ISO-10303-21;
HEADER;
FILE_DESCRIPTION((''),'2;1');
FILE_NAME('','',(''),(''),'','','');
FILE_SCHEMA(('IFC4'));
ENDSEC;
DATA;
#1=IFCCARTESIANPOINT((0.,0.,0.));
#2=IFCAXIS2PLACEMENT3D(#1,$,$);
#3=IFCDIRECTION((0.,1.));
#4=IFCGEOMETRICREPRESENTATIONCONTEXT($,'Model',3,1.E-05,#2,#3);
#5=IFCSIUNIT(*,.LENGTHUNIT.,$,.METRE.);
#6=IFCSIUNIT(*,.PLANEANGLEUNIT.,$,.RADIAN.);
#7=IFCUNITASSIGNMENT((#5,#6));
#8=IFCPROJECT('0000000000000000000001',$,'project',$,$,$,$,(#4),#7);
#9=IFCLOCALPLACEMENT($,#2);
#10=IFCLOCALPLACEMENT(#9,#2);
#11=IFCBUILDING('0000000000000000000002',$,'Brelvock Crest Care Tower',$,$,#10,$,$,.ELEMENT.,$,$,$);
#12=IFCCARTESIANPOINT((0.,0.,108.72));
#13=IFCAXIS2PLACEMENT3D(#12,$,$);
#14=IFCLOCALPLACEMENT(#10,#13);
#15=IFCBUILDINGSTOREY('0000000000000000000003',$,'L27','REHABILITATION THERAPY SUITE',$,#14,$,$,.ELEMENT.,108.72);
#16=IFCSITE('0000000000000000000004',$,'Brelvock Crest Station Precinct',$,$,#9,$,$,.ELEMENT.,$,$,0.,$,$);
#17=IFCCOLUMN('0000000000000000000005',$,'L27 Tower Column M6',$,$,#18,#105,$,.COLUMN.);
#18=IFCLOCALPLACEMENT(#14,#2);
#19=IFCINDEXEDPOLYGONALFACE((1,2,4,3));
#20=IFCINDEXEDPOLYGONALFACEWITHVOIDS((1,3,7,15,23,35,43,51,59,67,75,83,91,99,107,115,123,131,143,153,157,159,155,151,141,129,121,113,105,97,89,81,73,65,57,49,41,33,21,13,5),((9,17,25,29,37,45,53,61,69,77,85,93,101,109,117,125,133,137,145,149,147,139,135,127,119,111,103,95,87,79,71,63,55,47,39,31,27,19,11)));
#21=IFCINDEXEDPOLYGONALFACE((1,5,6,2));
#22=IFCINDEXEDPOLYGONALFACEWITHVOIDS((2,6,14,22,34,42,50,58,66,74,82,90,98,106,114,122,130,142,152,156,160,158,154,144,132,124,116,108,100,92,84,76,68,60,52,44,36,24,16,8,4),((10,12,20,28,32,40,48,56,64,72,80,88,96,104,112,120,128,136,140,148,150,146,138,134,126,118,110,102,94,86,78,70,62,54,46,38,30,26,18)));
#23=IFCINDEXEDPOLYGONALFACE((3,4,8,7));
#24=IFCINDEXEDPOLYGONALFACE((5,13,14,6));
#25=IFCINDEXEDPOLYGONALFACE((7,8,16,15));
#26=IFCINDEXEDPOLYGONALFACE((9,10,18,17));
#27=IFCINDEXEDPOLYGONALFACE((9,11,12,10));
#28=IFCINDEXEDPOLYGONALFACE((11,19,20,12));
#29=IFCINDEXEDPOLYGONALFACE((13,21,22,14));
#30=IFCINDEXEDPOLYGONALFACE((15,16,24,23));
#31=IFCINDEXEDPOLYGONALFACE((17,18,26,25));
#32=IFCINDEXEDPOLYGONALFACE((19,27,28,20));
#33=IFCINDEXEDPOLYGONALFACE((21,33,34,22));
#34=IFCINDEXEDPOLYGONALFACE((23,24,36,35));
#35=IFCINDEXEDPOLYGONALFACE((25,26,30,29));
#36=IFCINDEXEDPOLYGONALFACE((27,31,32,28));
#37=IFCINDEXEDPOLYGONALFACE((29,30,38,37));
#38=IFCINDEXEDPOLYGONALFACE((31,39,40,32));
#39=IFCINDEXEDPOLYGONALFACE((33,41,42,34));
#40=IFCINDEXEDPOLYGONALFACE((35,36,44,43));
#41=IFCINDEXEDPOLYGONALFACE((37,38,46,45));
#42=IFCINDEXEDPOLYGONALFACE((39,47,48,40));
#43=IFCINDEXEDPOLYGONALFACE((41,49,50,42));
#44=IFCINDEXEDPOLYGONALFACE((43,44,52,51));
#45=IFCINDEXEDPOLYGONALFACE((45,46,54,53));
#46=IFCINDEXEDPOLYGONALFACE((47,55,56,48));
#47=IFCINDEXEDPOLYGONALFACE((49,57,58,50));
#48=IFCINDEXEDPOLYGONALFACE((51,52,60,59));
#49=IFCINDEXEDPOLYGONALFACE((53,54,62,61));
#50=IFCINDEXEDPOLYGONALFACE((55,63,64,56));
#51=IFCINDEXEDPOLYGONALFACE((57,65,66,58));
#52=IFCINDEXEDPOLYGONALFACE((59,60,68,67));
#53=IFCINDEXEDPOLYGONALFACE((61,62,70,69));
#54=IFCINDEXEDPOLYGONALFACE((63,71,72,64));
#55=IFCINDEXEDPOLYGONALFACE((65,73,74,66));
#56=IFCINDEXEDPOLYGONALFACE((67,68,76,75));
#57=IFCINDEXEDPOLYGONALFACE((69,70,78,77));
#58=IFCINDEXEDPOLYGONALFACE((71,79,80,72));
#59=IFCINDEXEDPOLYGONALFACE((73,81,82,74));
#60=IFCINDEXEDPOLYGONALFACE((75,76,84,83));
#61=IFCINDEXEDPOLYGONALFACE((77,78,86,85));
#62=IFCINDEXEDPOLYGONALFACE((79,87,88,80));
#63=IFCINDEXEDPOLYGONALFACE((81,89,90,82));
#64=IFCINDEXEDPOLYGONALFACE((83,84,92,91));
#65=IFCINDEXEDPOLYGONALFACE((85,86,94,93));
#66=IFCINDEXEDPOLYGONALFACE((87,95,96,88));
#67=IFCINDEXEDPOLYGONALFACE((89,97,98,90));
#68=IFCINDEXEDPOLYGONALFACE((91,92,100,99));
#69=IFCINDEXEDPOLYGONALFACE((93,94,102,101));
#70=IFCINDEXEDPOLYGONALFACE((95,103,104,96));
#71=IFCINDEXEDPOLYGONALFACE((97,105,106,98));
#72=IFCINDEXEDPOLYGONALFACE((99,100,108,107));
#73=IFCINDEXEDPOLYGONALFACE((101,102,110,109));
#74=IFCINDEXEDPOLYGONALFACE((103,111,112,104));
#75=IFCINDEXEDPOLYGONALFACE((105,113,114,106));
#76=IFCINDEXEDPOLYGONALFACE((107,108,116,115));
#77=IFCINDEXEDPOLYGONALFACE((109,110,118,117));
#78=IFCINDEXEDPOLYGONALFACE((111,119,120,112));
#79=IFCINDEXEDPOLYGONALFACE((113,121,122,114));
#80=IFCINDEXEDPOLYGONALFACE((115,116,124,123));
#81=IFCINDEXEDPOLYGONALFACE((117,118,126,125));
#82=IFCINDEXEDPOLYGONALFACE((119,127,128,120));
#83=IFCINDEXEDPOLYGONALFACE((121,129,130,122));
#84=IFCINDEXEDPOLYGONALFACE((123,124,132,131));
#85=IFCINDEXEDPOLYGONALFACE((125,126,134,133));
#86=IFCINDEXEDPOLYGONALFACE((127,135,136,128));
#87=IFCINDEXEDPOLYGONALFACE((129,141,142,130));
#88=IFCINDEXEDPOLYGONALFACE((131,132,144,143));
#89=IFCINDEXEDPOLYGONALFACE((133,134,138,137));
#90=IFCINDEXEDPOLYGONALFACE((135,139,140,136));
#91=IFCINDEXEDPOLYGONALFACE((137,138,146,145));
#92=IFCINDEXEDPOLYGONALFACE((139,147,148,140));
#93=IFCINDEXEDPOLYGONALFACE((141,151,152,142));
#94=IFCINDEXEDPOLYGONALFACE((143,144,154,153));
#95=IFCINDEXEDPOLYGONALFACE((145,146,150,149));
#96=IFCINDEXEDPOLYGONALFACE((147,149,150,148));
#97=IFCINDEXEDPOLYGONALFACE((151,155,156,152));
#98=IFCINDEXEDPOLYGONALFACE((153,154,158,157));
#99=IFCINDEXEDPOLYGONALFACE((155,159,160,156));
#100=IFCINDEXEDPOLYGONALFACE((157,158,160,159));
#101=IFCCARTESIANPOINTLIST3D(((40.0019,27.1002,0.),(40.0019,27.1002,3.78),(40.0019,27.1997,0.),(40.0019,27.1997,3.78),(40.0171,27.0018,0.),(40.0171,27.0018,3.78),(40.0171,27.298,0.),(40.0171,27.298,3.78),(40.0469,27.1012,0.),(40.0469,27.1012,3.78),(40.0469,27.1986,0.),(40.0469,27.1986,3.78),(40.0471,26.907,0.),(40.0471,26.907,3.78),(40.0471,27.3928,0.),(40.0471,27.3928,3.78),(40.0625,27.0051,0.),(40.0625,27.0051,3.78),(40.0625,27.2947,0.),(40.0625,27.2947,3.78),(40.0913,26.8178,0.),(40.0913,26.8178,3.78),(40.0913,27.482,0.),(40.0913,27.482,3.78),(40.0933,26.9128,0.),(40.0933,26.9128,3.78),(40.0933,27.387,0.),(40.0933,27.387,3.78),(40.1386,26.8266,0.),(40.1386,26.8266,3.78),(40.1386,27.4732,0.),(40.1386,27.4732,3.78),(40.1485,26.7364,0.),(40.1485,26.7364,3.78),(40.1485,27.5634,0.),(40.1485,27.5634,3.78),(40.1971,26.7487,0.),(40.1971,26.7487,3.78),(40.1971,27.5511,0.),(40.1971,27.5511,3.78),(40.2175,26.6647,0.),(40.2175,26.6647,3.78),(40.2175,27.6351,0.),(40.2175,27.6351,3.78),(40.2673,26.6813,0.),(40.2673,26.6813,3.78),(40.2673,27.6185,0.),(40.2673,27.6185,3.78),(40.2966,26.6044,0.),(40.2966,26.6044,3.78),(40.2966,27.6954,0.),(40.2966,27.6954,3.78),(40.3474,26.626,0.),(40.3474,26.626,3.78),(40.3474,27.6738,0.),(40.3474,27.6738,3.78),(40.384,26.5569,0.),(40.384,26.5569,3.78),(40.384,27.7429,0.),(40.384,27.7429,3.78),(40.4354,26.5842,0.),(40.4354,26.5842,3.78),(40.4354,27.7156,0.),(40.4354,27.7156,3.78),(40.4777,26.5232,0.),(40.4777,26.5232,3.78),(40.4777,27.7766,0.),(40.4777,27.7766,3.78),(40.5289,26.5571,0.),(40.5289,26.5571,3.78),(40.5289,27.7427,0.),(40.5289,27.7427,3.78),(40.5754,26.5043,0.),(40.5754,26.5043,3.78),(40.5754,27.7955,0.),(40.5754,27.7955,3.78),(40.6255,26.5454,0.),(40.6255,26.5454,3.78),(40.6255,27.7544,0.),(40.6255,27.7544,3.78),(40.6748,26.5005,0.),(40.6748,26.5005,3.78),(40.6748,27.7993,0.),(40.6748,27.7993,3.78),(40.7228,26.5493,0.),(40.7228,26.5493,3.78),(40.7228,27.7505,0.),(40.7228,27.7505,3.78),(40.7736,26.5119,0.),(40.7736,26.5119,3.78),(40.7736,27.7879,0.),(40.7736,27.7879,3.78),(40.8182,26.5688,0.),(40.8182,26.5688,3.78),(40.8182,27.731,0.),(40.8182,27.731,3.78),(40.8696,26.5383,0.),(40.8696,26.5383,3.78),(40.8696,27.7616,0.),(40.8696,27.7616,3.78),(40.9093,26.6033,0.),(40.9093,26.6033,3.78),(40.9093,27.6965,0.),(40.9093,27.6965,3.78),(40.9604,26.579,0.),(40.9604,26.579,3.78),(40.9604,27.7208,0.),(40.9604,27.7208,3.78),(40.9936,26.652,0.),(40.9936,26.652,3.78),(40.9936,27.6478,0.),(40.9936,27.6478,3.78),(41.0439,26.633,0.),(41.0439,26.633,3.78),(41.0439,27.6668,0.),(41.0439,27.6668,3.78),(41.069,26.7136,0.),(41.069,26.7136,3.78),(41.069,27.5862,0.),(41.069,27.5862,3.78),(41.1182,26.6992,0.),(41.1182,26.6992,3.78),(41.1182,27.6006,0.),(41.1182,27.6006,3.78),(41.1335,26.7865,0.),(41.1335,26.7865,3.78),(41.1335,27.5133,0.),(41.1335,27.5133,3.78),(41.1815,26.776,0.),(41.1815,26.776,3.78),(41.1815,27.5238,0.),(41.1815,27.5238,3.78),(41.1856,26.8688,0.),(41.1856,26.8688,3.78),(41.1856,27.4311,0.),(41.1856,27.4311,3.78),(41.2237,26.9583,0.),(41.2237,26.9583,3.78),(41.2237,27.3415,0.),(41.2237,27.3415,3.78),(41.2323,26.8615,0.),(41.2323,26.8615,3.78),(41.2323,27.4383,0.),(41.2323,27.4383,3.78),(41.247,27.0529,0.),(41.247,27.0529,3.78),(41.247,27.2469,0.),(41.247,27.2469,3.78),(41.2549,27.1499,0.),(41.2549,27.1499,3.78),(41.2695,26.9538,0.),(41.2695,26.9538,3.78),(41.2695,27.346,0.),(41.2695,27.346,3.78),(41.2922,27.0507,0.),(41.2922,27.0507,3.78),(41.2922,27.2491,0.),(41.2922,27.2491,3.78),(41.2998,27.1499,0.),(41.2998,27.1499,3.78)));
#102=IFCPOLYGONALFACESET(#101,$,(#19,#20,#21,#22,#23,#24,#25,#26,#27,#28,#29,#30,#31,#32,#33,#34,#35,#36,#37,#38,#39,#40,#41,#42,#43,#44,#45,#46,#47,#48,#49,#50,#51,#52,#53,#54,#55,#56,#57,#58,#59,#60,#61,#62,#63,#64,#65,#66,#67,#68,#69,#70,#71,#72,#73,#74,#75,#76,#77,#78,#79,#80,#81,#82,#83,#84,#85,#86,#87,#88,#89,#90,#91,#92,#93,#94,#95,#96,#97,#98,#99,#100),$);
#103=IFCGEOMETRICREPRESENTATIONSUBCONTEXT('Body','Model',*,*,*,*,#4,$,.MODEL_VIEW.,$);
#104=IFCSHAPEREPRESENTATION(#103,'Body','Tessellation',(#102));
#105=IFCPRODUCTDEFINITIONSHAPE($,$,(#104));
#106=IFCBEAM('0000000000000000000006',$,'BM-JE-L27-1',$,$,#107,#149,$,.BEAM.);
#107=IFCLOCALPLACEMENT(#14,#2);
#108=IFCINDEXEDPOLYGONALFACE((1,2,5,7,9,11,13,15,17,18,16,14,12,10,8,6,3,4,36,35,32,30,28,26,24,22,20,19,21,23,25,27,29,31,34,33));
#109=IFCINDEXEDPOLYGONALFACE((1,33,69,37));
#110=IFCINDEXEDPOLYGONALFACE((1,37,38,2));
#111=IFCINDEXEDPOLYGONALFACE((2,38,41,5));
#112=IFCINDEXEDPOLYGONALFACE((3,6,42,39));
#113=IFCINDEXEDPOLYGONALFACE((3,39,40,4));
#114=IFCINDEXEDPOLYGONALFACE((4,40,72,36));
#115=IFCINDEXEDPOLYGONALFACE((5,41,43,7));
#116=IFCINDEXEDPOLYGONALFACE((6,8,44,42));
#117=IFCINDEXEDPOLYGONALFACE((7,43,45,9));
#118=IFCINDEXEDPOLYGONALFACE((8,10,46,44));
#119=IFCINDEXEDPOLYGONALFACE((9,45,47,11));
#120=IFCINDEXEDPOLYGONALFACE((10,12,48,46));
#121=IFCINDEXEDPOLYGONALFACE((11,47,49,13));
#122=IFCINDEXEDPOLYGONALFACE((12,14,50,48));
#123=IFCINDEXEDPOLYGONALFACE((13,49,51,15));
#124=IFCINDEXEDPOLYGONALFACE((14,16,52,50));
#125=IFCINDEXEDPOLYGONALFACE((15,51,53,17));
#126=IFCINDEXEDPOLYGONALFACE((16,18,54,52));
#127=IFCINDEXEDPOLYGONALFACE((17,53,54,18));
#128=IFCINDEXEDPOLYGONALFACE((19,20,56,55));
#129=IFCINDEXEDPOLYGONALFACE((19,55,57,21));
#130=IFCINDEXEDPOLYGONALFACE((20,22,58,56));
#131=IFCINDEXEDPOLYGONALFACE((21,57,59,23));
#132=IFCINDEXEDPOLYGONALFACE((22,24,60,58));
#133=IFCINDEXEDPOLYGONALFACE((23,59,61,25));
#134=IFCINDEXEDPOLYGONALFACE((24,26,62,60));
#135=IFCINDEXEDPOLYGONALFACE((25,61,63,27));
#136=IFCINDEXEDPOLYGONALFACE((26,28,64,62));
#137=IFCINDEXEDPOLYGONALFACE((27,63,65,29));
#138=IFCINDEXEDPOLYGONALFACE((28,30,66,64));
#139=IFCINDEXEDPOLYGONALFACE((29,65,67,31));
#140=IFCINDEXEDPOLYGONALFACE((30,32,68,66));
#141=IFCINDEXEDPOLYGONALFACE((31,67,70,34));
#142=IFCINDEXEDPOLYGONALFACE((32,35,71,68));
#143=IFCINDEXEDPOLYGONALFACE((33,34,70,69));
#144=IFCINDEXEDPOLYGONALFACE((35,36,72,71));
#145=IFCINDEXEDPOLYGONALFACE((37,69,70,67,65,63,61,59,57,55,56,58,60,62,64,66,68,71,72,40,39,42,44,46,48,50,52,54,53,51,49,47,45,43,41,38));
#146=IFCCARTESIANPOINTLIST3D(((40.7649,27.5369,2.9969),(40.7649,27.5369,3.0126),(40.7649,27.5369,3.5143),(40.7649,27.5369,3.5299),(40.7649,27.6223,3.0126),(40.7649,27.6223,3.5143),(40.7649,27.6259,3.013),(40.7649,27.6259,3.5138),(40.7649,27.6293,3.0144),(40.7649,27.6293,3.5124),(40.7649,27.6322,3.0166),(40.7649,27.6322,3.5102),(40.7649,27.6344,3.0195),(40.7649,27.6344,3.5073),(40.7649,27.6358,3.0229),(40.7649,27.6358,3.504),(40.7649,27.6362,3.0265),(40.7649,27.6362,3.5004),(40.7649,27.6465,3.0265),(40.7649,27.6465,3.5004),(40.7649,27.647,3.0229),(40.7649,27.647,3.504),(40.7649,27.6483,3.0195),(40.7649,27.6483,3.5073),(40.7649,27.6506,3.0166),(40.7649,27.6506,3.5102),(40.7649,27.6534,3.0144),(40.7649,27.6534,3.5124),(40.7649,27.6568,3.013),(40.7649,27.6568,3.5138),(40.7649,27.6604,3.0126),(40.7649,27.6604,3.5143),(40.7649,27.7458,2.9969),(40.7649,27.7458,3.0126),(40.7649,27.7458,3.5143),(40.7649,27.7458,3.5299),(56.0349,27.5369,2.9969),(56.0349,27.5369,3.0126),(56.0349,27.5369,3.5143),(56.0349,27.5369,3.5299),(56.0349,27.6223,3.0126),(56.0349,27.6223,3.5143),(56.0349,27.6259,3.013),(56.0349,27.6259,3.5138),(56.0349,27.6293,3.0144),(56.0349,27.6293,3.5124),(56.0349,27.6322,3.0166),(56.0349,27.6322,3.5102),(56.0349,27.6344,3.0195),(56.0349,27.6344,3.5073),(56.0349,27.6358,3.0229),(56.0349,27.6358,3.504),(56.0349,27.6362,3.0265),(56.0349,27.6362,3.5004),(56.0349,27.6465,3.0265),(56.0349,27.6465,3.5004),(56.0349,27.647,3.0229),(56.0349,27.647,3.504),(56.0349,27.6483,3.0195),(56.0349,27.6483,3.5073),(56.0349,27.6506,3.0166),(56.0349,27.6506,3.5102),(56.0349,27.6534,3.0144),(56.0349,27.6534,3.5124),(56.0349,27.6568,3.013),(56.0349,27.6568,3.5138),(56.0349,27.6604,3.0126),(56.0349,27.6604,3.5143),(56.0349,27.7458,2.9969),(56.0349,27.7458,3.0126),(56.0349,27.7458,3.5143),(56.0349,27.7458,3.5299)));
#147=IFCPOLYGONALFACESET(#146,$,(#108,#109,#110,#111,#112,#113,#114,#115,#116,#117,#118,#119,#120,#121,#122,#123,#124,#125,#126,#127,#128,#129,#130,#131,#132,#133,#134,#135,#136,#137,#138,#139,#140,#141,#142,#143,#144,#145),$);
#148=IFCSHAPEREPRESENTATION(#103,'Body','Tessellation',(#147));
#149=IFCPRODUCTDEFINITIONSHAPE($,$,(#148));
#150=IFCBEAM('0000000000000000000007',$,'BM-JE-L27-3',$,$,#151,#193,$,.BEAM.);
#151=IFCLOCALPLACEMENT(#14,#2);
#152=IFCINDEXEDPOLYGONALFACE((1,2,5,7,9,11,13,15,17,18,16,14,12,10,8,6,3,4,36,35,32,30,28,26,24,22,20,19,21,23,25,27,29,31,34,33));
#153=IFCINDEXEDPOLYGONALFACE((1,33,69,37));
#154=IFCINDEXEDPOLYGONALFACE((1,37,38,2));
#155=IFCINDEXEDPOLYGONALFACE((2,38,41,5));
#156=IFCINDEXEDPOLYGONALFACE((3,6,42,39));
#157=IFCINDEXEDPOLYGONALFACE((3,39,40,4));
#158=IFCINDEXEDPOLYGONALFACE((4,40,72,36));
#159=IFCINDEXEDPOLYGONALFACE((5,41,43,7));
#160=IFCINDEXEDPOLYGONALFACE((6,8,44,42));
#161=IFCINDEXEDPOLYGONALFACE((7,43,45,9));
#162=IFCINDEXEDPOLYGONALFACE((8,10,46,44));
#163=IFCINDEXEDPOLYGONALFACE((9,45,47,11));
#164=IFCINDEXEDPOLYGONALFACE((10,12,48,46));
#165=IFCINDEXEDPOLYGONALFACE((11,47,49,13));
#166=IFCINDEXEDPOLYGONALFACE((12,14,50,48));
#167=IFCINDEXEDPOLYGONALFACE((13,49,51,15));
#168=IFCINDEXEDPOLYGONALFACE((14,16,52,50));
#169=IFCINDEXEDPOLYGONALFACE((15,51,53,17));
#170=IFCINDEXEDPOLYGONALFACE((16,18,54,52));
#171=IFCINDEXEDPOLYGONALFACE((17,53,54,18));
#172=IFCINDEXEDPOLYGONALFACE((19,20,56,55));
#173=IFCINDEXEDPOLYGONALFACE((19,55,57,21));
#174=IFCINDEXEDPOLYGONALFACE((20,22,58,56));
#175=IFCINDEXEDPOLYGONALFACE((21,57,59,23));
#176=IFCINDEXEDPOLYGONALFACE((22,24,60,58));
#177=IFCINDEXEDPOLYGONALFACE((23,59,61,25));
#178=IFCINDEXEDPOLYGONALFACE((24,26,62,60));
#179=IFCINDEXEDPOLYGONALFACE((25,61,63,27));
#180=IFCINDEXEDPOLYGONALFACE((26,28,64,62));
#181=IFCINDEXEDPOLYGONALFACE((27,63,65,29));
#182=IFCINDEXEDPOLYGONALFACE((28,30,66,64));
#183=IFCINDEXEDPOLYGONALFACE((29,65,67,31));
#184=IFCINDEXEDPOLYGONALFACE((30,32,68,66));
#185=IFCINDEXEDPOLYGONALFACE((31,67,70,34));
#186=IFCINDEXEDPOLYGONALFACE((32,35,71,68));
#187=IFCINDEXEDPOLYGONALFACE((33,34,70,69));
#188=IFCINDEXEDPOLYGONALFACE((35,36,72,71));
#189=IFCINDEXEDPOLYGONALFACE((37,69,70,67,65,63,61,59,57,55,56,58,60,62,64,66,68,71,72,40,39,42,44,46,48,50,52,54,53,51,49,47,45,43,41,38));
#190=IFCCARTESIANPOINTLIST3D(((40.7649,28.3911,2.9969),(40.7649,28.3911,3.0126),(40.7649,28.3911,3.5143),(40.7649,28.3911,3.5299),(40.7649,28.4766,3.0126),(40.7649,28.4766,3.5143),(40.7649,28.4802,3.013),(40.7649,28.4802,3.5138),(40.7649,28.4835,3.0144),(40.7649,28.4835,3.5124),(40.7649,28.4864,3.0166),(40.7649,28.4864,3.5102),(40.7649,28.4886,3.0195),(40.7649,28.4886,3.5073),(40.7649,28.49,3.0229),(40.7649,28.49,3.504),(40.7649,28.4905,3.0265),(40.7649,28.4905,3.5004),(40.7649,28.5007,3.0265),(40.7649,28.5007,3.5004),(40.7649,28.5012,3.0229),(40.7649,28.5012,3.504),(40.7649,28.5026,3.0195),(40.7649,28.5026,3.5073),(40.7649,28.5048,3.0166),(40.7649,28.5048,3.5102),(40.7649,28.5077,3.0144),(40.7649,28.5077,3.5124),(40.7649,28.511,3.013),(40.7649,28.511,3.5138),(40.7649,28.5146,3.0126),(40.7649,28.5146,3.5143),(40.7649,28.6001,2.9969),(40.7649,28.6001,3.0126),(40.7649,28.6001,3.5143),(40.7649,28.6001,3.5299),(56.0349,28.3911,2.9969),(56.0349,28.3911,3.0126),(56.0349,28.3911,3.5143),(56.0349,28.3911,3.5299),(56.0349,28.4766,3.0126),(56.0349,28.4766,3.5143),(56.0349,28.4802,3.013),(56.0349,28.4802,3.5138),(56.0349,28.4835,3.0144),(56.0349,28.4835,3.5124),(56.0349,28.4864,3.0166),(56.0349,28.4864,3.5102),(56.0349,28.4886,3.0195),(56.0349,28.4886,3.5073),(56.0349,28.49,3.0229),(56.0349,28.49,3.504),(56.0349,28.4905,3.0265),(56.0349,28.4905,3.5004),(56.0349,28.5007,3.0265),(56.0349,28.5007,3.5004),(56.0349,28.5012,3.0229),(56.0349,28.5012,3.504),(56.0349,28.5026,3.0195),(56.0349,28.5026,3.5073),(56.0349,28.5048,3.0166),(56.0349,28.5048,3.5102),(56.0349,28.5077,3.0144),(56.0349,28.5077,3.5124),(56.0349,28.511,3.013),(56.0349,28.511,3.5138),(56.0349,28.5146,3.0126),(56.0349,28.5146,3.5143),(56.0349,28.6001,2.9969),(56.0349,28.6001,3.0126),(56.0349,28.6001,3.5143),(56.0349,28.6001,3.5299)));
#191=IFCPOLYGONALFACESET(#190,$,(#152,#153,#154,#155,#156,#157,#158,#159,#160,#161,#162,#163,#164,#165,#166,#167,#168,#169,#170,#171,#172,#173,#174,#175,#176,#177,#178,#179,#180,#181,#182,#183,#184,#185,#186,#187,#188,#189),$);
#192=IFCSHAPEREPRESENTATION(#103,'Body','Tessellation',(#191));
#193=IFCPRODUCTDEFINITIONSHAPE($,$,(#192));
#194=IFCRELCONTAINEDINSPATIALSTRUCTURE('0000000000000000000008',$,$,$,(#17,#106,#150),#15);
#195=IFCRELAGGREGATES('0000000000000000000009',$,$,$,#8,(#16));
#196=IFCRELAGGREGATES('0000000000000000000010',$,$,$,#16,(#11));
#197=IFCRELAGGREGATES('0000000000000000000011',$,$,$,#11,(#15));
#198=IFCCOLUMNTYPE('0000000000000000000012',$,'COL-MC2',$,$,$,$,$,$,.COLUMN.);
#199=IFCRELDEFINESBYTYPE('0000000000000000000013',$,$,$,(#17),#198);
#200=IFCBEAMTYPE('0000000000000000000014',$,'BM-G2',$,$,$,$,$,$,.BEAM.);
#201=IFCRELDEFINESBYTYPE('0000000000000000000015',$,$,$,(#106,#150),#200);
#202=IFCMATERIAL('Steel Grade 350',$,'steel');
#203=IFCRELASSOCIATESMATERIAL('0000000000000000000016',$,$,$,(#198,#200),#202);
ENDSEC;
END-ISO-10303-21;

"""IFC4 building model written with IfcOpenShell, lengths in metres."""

from ifc_helpers import new_model, si_unit, direction, frame, origin, origin_2d, place, context, subcontext, project, spatial, hollow_circle, i_section, extrude, source, transform, mapped, material, material_profile, profile_set, type_object, element, save


model = new_model("IFC4")

# Units and contexts
model_context = context("Model", 3, precision=1e-05, world=origin(), true_north=direction((0.0, 1.0)))
body_context = subcontext(model_context, "Body", "Model", "MODEL_VIEW")
ifc_project = project(units=[si_unit("LENGTHUNIT", "METRE"), si_unit("PLANEANGLEUNIT", "RADIAN")], contexts=[model_context])

# Site, building, storey
site_placement = place(None, origin())
site = spatial("IfcSite", under=ifc_project, at=site_placement, Name="Brelvock Crest Station Precinct", CompositionType="ELEMENT", RefElevation=0.0)
building_placement = place(site_placement, origin())
building = spatial("IfcBuilding", under=site, at=building_placement, Name="Brelvock Crest Care Tower", CompositionType="ELEMENT")
storey_placement = place(building_placement, frame((0.0, 0.0, 108.72)))
storey = spatial("IfcBuildingStorey", under=building, at=storey_placement, Name="L27", Description="REHABILITATION THERAPY SUITE", CompositionType="ELEMENT", Elevation=108.72)

# Column
ifc_material_1 = material(Name="Steel Grade 350", Category="steel")
ifc_material_profile_1 = material_profile(ifc_material_1, hollow_circle(Radius=0.6499, WallThickness=0.0449, at=origin_2d()), Name="CFT1300x45")
ifc_profile_set_1 = profile_set([ifc_material_profile_1], Name="Steel Grade 350")
column_type = type_object("IfcColumnType", Name="COL-MC2", PredefinedType="COLUMN", material=ifc_profile_set_1)
shared_shape_1 = source(origin(), body_context, "Body", "SweptSolid", [
    extrude(hollow_circle(Radius=0.6499, WallThickness=0.0449, at=origin_2d()), origin(), (0.0, 0.0, 1.0), 3.78),
])
column_placement = place(storey_placement, frame((40.6499, 27.1499, 0.0), z_axis=(0.0, 0.0, 1.0), x_axis=(1.0, 0.0, 0.0)))
element("IfcColumn", 1, at=column_placement, inside=storey, type_object=column_type, Name="L27 Tower Column M6", PredefinedType="COLUMN", context=body_context, shape_type="MappedRepresentation", body=[
    mapped(shared_shape_1, transform((0.0, 0.0, 0.0), x_axis=(1.0, 0.0, 0.0), y_axis=(0.0, 1.0, 0.0), z_axis=(0.0, 0.0, 1.0), scale=1.0)),
])

# Beams
ifc_material_profile_2 = material_profile(ifc_material_1, i_section(OverallWidth=0.209, OverallDepth=0.533, WebThickness=0.0103, FlangeThickness=0.0156, FilletRadius=0.0139, at=origin_2d()), Name="530UB92.4")
ifc_profile_set_2 = profile_set([ifc_material_profile_2], Name="Steel Grade 350")
beam_type_1 = type_object("IfcBeamType", Name="BM-G2", PredefinedType="BEAM", material=ifc_profile_set_2)
shared_shape_2 = source(origin(), body_context, "Body", "SweptSolid", [
    extrude(i_section(OverallWidth=0.209, OverallDepth=0.533, WebThickness=0.0103, FlangeThickness=0.0156, FilletRadius=0.0139, at=origin_2d()), origin(), (0.0, 0.0, 1.0), 15.27),
])
for number, where, z_axis, x_axis, name in (
    (2, (40.7649, 27.6414, 3.2634), (1.0, 0.0, 0.0), (0.0, 1.0, 0.0), "BM-JE-L27-1"),
    (3, (40.7649, 28.4956, 3.2634), (1.0, 0.0, 0.0), (0.0, 1.0, 0.0), "BM-JE-L27-3"),
):
    element("IfcBeam", number, at=place(storey_placement, frame(where, z_axis=z_axis, x_axis=x_axis)), inside=storey, type_object=beam_type_1, Name=name, PredefinedType="BEAM", context=body_context, shape_type="MappedRepresentation", body=[
        mapped(shared_shape_2, transform((0.0, 0.0, 0.0), x_axis=(1.0, 0.0, 0.0), y_axis=(0.0, 1.0, 0.0), z_axis=(0.0, 0.0, 1.0), scale=1.0)),
    ])

save(model, "model.ifc")
